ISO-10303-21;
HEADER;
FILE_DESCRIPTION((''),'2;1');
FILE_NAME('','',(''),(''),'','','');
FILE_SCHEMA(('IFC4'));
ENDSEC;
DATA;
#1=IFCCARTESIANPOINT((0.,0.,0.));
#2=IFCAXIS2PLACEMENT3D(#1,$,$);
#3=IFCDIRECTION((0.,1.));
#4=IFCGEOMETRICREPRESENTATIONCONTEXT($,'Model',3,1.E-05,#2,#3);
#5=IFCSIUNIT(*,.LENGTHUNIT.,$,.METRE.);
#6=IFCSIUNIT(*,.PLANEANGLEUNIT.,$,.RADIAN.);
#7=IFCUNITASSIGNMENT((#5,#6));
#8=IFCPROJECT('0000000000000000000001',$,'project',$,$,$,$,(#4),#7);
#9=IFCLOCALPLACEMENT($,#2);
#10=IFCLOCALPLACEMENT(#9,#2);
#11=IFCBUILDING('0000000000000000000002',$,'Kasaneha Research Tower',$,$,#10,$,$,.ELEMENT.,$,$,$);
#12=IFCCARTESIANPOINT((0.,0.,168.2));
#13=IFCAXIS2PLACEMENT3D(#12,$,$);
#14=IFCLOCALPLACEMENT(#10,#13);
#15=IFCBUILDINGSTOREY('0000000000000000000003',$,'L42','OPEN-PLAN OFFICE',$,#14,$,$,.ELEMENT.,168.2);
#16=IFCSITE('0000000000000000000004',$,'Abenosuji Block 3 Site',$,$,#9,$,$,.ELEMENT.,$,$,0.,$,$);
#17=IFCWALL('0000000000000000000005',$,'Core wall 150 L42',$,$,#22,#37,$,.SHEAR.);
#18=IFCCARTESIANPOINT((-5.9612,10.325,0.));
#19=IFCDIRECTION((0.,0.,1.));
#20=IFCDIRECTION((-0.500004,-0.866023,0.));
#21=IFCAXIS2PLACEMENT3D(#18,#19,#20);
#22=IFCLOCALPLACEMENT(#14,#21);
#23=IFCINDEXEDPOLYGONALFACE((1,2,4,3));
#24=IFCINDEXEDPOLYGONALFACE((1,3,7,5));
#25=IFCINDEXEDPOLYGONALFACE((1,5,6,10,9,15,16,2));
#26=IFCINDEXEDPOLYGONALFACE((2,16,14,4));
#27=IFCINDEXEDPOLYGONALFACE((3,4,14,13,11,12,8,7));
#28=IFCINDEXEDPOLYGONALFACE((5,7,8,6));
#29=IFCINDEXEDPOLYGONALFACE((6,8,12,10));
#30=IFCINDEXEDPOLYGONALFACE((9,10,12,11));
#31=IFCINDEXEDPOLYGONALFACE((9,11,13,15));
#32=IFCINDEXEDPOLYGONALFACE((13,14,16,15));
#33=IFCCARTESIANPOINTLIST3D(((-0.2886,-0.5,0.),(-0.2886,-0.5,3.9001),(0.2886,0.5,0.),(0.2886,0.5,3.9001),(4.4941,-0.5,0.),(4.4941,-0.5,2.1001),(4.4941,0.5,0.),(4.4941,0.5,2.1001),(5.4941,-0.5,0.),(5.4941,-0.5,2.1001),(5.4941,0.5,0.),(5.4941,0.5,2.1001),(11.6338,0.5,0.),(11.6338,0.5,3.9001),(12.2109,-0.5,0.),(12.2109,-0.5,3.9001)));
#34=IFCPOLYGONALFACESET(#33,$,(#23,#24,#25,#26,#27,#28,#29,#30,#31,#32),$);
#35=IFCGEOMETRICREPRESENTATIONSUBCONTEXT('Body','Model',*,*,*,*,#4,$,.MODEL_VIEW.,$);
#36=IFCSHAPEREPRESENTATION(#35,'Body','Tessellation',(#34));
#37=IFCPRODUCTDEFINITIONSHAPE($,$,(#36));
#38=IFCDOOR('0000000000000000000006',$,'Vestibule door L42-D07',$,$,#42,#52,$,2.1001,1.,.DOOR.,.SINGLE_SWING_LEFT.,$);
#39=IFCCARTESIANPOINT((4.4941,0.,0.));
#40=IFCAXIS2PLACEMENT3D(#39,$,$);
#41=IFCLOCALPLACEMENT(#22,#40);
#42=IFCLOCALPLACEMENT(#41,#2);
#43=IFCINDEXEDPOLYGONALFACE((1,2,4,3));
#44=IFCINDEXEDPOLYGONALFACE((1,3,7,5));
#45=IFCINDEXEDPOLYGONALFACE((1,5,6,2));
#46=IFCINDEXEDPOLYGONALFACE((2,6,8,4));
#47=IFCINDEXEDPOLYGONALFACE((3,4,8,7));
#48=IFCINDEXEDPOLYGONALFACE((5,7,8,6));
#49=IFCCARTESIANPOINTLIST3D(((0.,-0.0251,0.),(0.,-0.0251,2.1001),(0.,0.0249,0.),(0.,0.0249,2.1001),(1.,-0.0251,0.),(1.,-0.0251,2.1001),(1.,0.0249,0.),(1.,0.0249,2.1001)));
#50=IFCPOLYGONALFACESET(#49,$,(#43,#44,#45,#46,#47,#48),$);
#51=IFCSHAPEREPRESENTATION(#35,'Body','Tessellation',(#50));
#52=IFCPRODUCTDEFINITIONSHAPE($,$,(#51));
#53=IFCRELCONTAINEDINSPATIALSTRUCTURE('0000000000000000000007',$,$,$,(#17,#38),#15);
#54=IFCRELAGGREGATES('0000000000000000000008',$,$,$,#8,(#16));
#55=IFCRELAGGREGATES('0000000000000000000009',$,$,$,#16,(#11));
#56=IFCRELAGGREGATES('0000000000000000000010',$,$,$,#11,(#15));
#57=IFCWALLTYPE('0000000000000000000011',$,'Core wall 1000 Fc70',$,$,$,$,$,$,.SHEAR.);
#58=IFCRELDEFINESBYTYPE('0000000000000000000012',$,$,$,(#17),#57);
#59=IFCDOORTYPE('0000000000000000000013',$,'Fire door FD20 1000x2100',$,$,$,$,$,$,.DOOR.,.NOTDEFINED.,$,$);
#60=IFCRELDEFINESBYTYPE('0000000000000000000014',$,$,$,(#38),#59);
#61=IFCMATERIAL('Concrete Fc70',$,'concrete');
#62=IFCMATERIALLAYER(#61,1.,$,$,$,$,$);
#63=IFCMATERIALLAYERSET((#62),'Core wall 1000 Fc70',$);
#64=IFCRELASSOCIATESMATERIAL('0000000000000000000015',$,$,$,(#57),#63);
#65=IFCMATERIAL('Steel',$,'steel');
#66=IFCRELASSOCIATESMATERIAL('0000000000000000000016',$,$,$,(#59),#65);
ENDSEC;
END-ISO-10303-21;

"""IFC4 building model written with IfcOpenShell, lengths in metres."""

from ifc_helpers import new_model, si_unit, direction, frame, frame_2d, origin, place, context, subcontext, project, spatial, polyline, rectangle, outline, extrude, material, layer, layer_set, type_object, element, fill, save


model = new_model("IFC4")

# Units and contexts
model_context = context("Model", 3, precision=1e-05, world=origin(), true_north=direction((0.0, 1.0)))
body_context = subcontext(model_context, "Body", "Model", "MODEL_VIEW")
ifc_project = project(units=[si_unit("LENGTHUNIT", "METRE"), si_unit("PLANEANGLEUNIT", "RADIAN")], contexts=[model_context])

# Site, building, storey
site_placement = place(None, origin())
site = spatial("IfcSite", under=ifc_project, at=site_placement, Name="Abenosuji Block 3 Site", CompositionType="ELEMENT", RefElevation=0.0)
building_placement = place(site_placement, origin())
building = spatial("IfcBuilding", under=site, at=building_placement, Name="Kasaneha Research Tower", CompositionType="ELEMENT")
storey_placement = place(building_placement, frame((0.0, 0.0, 168.2)))
storey = spatial("IfcBuildingStorey", under=building, at=storey_placement, Name="L42", Description="OPEN-PLAN OFFICE", CompositionType="ELEMENT", Elevation=168.2)

# Wall, opening, door
ifc_material_1 = material(Name="Concrete Fc70", Category="concrete")
ifc_layer_1 = layer(ifc_material_1, 1.0)
ifc_layer_set_1 = layer_set([ifc_layer_1], Name="Core wall 1000 Fc70")
wall_type_1 = type_object("IfcWallType", Name="Core wall 1000 Fc70", PredefinedType="SHEAR", material=ifc_layer_set_1)
wall_1_placement = place(storey_placement, frame((-5.9612, 10.325, 0.0), z_axis=(0.0, 0.0, 1.0), x_axis=(-0.500004, -0.866023, 0.0)))
wall_1 = element("IfcWall", 1, at=wall_1_placement, inside=storey, type_object=wall_type_1, Name="Core wall 150 L42", PredefinedType="SHEAR", context=body_context, shape_type="SweptSolid", body=[
    extrude(outline(polyline([(-0.2886, -0.5), (4.4941, -0.5), (5.4941, -0.5), (12.2109, -0.5), (11.6338, 0.5), (5.4941, 0.5), (4.4941, 0.5), (0.2886, 0.5), (-0.2886, -0.5)])), origin(), (0.0, 0.0, 1.0), 3.9001),
])
opening_1_placement = place(wall_1_placement, frame((4.4941, 0.0, 0.0)))
opening_1 = element("IfcOpeningElement", 2, at=opening_1_placement, cuts=wall_1, PredefinedType="OPENING", context=body_context, shape_type="SweptSolid", body=[
    extrude(rectangle(XDim=1.0, YDim=2.1001, at=frame_2d((0.5, 1.05))), frame((0.0, 0.51, 0.0), z_axis=(0.0, -1.0, 0.0), x_axis=(1.0, 0.0, 0.0)), (0.0, 0.0, 1.0), 1.02),
])
ifc_material_2 = material(Name="Steel", Category="steel")
door_type_1 = type_object("IfcDoorType", Name="Fire door FD20 1000x2100", OperationType="NOTDEFINED", PredefinedType="DOOR", material=ifc_material_2)
door_1_placement = place(opening_1_placement, origin())
door_1 = element("IfcDoor", 3, at=door_1_placement, inside=storey, type_object=door_type_1, Name="Vestibule door L42-D07", OperationType="SINGLE_SWING_LEFT", OverallHeight=2.1001, OverallWidth=1.0, PredefinedType="DOOR", context=body_context, shape_type="SweptSolid", body=[
    extrude(rectangle(XDim=1.0, YDim=2.1001, at=frame_2d((0.5, 1.05))), frame((0.0, 0.0249, 0.0), z_axis=(0.0, -1.0, 0.0), x_axis=(1.0, 0.0, 0.0)), (0.0, 0.0, 1.0), 0.05),
])
fill(opening_1, door_1)

save(model, "model.ifc")
